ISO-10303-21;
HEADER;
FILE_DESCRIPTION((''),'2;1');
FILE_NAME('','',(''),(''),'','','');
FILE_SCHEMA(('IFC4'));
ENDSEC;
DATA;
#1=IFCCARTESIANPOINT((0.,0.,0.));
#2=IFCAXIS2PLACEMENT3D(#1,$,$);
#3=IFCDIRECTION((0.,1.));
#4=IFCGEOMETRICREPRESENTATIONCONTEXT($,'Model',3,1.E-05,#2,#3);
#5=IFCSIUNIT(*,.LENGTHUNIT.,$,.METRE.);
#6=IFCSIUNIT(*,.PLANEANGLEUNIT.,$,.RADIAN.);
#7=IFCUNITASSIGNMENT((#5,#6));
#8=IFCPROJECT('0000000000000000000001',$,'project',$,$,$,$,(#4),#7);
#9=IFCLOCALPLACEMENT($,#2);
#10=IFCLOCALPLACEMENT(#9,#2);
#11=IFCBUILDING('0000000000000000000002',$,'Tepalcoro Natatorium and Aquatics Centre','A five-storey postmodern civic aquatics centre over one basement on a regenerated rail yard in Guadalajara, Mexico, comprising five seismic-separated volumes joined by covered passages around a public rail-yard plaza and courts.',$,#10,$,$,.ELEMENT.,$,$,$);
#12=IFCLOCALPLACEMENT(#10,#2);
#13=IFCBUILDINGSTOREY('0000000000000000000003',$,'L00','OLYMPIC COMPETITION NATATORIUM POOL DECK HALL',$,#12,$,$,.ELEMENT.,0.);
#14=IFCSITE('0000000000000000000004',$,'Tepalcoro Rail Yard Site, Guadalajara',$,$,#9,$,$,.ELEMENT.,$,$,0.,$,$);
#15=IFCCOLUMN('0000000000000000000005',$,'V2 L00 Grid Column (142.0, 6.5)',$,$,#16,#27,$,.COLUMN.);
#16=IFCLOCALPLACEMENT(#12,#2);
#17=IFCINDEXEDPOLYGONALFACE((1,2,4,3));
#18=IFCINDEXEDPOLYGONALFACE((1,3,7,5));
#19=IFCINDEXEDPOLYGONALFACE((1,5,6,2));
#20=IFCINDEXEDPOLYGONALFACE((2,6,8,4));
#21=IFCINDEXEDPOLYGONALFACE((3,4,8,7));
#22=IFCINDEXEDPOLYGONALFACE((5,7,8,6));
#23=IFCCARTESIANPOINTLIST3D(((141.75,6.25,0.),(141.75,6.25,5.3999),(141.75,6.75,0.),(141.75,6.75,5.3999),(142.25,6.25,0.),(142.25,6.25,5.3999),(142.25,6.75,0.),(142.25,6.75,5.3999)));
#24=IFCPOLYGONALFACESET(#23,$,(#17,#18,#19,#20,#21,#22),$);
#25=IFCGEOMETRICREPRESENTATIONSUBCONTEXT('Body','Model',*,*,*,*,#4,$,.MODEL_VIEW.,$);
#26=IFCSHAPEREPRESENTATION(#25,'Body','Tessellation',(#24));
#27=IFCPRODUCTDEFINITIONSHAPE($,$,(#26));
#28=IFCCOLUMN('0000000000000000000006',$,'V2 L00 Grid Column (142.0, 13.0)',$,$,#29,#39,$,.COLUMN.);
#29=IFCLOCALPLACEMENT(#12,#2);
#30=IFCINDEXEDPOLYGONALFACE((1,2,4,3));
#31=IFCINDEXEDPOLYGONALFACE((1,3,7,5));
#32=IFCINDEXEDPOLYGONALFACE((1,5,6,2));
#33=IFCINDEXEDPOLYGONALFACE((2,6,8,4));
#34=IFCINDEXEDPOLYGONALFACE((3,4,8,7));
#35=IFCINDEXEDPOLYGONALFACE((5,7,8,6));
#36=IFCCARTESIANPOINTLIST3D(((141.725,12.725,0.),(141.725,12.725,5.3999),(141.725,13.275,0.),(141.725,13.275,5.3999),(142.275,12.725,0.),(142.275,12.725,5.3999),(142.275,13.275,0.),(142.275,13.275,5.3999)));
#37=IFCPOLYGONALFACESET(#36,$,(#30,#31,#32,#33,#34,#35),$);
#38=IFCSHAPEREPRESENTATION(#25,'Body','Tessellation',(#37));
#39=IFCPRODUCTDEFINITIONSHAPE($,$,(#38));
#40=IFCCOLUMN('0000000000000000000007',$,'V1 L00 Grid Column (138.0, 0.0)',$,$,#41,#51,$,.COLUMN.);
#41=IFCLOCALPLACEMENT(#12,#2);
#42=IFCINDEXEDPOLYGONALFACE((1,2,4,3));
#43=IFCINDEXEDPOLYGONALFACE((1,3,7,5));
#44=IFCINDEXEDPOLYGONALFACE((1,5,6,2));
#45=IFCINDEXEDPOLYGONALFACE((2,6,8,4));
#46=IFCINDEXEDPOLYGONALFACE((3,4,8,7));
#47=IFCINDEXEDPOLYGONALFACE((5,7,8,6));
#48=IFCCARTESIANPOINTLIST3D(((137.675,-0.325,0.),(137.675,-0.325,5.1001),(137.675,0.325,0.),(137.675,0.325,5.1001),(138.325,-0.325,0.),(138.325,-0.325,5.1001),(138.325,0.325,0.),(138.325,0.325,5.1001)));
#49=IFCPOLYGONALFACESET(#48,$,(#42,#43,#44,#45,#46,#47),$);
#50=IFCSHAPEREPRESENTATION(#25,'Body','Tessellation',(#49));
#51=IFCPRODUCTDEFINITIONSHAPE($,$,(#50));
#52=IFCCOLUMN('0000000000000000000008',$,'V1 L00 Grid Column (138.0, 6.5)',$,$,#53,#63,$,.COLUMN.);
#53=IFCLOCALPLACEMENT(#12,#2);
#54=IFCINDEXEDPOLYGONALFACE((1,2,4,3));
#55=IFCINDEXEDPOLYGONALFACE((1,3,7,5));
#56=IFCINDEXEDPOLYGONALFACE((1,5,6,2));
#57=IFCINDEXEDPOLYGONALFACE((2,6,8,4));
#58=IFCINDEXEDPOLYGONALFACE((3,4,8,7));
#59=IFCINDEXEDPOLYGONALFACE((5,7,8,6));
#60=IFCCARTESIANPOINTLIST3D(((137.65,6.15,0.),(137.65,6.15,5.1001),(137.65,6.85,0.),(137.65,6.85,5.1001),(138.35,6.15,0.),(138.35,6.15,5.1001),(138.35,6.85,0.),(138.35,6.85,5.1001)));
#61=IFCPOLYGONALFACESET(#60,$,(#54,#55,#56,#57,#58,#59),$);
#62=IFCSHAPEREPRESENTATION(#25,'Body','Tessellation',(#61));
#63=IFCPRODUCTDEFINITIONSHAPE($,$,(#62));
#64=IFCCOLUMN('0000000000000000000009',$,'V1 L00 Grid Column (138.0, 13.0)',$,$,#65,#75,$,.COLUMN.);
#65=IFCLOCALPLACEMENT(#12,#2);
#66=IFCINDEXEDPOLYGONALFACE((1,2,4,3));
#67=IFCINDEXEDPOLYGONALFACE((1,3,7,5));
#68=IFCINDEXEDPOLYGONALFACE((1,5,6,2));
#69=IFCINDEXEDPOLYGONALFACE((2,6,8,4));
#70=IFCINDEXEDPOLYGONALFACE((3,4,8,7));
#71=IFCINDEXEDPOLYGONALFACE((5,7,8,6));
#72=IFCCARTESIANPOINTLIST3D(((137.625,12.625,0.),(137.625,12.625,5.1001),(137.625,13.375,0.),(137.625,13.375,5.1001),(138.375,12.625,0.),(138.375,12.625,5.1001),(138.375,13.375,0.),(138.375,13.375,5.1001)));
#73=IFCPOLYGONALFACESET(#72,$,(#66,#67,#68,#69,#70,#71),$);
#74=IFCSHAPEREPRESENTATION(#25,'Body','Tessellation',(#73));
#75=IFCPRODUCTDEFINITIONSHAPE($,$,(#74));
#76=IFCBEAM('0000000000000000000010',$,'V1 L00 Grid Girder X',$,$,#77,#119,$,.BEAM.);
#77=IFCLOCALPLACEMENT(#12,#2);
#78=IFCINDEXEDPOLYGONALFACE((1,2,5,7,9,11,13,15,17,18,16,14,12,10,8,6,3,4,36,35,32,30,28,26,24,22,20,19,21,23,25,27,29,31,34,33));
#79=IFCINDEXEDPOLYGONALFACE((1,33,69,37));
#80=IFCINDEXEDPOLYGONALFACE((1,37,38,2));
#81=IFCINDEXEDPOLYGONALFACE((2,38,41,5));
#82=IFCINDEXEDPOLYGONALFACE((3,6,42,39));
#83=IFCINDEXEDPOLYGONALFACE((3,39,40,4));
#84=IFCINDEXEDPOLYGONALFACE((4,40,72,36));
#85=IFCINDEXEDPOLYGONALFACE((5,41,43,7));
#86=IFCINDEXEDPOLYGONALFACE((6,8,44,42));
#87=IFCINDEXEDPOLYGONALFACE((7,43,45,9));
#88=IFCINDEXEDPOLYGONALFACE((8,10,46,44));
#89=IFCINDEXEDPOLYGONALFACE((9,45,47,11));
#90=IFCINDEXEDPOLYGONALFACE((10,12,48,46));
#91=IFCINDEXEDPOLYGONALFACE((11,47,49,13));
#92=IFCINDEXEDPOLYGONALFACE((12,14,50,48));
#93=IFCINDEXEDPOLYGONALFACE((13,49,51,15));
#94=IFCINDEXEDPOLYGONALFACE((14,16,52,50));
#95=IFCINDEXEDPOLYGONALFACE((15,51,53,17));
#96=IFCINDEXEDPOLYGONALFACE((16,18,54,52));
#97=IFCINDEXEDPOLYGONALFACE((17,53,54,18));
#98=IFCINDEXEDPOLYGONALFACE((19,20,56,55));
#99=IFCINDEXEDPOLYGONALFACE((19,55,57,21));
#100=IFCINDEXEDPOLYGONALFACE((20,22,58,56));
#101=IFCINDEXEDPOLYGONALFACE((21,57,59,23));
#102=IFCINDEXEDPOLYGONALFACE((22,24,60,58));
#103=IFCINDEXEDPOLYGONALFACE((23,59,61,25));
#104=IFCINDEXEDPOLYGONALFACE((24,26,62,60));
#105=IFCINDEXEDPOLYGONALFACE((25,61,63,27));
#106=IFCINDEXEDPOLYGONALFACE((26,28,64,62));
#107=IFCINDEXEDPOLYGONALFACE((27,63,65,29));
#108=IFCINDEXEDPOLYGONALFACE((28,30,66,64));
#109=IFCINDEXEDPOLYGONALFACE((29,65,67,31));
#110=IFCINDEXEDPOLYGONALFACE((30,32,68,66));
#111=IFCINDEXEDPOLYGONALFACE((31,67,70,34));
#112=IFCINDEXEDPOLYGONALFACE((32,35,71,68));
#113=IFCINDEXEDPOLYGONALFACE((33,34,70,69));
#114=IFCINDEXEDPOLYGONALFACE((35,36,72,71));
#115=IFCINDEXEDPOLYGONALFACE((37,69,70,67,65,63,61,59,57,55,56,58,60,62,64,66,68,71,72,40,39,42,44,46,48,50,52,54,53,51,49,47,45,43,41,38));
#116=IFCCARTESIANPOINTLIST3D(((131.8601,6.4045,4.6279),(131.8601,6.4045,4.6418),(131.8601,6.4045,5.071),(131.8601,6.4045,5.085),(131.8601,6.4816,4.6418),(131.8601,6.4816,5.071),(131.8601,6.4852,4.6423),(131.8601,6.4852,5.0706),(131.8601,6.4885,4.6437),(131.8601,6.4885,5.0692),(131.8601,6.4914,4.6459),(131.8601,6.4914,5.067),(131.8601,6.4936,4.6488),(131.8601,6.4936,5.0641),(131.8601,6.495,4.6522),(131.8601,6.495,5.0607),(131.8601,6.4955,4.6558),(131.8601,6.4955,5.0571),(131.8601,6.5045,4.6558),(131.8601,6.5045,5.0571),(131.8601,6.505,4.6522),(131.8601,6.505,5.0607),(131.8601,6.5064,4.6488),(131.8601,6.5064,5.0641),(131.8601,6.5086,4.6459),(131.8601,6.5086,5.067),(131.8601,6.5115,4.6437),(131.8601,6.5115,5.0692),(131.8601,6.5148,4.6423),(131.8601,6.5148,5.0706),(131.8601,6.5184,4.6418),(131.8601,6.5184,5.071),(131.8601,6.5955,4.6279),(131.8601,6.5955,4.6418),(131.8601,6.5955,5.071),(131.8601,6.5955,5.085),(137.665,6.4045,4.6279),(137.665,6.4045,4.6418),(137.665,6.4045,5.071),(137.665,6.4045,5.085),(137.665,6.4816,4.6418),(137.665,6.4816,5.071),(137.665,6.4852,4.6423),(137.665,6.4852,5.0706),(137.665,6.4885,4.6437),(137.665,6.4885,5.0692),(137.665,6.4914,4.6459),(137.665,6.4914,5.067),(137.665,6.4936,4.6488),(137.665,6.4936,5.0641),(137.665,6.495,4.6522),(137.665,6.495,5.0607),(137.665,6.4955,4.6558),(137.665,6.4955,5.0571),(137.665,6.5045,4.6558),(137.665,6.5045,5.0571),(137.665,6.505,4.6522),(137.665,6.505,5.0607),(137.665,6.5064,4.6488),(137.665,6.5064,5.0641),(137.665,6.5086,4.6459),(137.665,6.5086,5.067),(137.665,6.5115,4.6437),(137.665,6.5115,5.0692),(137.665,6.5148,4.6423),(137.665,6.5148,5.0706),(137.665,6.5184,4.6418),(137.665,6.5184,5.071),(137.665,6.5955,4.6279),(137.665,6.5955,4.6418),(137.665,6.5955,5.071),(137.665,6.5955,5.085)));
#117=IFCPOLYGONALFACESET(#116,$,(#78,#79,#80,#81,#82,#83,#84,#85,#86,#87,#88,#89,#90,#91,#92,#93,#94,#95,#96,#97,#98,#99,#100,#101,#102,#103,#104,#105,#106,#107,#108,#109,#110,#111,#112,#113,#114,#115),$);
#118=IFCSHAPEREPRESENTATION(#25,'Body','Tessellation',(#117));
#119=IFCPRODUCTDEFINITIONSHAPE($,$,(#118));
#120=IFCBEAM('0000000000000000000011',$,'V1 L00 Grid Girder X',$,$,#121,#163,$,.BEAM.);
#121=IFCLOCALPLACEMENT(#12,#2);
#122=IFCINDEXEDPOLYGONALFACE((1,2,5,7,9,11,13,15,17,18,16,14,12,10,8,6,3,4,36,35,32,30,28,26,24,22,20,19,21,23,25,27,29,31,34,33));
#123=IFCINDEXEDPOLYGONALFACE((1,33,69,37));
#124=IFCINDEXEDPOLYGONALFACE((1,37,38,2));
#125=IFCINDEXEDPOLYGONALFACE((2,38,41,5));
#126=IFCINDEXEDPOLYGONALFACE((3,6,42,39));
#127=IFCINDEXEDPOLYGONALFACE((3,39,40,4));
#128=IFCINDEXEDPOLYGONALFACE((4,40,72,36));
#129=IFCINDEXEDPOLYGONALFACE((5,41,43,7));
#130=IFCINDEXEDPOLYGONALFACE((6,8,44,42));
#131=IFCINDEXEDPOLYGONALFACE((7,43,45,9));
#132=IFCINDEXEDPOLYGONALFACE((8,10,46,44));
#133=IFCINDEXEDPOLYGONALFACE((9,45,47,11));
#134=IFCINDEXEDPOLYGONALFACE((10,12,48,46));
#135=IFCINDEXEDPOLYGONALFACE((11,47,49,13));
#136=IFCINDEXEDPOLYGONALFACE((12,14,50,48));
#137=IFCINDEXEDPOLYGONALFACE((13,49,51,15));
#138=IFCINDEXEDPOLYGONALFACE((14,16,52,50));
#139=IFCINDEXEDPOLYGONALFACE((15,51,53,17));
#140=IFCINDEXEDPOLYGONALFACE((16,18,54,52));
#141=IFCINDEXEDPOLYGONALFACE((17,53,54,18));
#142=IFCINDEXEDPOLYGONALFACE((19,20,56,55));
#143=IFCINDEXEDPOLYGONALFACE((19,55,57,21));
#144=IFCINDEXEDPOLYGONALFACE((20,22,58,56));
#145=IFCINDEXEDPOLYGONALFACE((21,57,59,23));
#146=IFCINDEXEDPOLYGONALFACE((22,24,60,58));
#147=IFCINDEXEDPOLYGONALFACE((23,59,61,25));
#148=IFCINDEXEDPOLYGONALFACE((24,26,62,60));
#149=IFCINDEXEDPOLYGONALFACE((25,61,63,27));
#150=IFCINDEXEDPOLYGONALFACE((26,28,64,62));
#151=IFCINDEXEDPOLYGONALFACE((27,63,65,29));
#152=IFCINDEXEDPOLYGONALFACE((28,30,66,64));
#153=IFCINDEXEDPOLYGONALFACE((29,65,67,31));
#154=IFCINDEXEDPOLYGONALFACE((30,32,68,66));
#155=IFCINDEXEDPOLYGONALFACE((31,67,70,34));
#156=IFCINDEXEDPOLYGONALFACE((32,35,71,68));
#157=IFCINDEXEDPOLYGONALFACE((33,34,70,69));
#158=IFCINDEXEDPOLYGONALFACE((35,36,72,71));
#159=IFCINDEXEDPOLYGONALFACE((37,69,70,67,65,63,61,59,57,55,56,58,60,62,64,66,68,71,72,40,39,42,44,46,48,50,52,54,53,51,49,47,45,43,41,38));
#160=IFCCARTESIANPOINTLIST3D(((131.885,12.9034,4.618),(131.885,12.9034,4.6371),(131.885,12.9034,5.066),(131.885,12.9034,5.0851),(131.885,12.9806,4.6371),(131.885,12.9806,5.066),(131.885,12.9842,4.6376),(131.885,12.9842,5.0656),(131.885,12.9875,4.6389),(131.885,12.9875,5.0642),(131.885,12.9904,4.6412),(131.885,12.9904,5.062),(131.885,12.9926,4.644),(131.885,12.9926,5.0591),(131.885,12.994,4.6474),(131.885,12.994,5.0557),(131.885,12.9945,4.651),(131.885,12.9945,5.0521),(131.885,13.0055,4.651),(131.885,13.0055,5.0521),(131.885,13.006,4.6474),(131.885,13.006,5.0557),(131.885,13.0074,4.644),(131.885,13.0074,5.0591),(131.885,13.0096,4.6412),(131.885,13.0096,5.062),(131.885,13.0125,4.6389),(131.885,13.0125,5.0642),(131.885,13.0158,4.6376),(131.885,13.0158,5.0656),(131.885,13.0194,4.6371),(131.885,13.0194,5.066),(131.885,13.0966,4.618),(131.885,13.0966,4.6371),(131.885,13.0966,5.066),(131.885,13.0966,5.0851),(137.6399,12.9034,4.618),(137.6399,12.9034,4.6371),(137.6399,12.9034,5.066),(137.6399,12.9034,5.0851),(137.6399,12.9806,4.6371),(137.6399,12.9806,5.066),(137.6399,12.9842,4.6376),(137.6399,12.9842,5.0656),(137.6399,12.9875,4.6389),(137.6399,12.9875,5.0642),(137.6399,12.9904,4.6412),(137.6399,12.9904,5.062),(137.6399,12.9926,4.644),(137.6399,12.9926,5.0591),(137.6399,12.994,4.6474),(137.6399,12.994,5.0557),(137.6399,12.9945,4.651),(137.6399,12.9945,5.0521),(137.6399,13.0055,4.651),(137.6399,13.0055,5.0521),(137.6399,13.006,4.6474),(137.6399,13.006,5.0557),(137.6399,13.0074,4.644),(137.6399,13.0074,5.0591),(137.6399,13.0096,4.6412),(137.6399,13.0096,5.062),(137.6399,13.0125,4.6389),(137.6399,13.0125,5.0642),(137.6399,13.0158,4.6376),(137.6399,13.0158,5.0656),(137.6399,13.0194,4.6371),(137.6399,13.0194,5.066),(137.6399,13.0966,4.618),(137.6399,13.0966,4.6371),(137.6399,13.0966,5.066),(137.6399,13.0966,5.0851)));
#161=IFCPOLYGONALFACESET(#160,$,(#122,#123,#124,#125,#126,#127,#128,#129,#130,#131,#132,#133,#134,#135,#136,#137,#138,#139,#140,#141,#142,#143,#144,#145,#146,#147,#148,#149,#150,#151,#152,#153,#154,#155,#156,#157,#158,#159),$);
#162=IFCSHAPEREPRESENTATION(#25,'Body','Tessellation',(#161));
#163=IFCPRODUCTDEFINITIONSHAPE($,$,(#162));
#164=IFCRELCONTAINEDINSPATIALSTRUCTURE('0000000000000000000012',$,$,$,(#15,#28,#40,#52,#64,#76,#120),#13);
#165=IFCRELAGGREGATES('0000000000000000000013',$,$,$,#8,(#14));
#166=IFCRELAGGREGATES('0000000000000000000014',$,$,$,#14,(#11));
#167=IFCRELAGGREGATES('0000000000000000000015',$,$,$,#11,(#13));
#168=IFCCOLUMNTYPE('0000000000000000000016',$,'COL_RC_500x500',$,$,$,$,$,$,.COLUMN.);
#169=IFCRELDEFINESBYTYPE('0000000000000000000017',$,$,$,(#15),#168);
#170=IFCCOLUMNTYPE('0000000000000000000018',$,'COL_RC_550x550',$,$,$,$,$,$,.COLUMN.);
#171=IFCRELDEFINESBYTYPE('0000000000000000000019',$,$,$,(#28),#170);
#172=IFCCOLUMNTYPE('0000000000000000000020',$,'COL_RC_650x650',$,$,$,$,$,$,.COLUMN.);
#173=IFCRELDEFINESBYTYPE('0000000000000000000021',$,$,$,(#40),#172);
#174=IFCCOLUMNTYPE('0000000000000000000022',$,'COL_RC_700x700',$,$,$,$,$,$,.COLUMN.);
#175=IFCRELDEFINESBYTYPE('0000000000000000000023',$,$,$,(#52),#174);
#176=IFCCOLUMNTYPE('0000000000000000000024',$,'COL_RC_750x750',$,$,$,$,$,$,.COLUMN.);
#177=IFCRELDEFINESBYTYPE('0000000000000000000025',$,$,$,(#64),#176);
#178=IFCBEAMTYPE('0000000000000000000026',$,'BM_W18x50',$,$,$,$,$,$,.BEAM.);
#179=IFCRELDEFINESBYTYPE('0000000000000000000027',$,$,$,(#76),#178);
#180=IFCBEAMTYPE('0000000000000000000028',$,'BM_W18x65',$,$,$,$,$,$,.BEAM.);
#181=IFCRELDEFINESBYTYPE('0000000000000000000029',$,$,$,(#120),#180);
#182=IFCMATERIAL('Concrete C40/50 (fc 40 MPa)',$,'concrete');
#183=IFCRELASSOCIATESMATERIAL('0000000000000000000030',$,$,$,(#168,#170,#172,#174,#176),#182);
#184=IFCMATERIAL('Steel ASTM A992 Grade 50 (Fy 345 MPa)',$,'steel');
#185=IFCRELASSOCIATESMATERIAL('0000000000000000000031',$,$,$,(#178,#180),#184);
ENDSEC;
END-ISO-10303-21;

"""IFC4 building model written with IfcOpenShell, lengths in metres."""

from ifc_helpers import new_model, si_unit, direction, frame, origin, origin_2d, place, context, subcontext, project, spatial, rectangle, i_section, extrude, material, material_profile, profile_set, type_object, element, save


model = new_model("IFC4")

# Units and contexts
model_context = context("Model", 3, precision=1e-05, world=origin(), true_north=direction((0.0, 1.0)))
body_context = subcontext(model_context, "Body", "Model", "MODEL_VIEW")
ifc_project = project(units=[si_unit("LENGTHUNIT", "METRE"), si_unit("PLANEANGLEUNIT", "RADIAN")], contexts=[model_context])

# Site, building, storey
site_placement = place(None, origin())
site = spatial("IfcSite", under=ifc_project, at=site_placement, Name="Tepalcoro Rail Yard Site, Guadalajara", CompositionType="ELEMENT", RefElevation=0.0)
building_placement = place(site_placement, origin())
building = spatial("IfcBuilding", under=site, at=building_placement, Name="Tepalcoro Natatorium and Aquatics Centre", Description="A five-storey postmodern civic aquatics centre over one basement on a regenerated rail yard in Guadalajara, Mexico, comprising five seismic-separated volumes joined by covered passages around a public rail-yard plaza and courts.", CompositionType="ELEMENT")
storey_placement = place(building_placement, origin())
storey = spatial("IfcBuildingStorey", under=building, at=storey_placement, Name="L00", Description="OLYMPIC COMPETITION NATATORIUM POOL DECK HALL", CompositionType="ELEMENT", Elevation=0.0)

# Columns
ifc_material_1 = material(Name="Concrete C40/50 (fc 40 MPa)", Category="concrete")
ifc_material_profile_1 = material_profile(ifc_material_1, rectangle(XDim=0.5, YDim=0.5, at=origin_2d()), Name="RC500x500")
ifc_profile_set_1 = profile_set([ifc_material_profile_1], Name="Concrete C40/50 (fc 40 MPa)")
column_type_1 = type_object("IfcColumnType", Name="COL_RC_500x500", PredefinedType="COLUMN", material=ifc_profile_set_1)
column_1_placement = place(storey_placement, frame((142.0, 6.5, 0.0), z_axis=(0.0, 0.0, 1.0), x_axis=(1.0, 0.0, 0.0)))
element("IfcColumn", 1, at=column_1_placement, inside=storey, type_object=column_type_1, Name="V2 L00 Grid Column (142.0, 6.5)", PredefinedType="COLUMN", context=body_context, shape_type="SweptSolid", body=[
    extrude(rectangle(XDim=0.5, YDim=0.5, at=origin_2d()), origin(), (0.0, 0.0, 1.0), 5.3999),
])
ifc_material_profile_2 = material_profile(ifc_material_1, rectangle(XDim=0.55, YDim=0.55, at=origin_2d()), Name="RC550x550")
ifc_profile_set_2 = profile_set([ifc_material_profile_2], Name="Concrete C40/50 (fc 40 MPa)")
column_type_2 = type_object("IfcColumnType", Name="COL_RC_550x550", PredefinedType="COLUMN", material=ifc_profile_set_2)
column_2_placement = place(storey_placement, frame((142.0, 13.0, 0.0), z_axis=(0.0, 0.0, 1.0), x_axis=(1.0, 0.0, 0.0)))
element("IfcColumn", 2, at=column_2_placement, inside=storey, type_object=column_type_2, Name="V2 L00 Grid Column (142.0, 13.0)", PredefinedType="COLUMN", context=body_context, shape_type="SweptSolid", body=[
    extrude(rectangle(XDim=0.55, YDim=0.55, at=origin_2d()), origin(), (0.0, 0.0, 1.0), 5.3999),
])
ifc_material_profile_3 = material_profile(ifc_material_1, rectangle(XDim=0.6499, YDim=0.6499, at=origin_2d()), Name="RC650x650")
ifc_profile_set_3 = profile_set([ifc_material_profile_3], Name="Concrete C40/50 (fc 40 MPa)")
column_type_3 = type_object("IfcColumnType", Name="COL_RC_650x650", PredefinedType="COLUMN", material=ifc_profile_set_3)
column_3_placement = place(storey_placement, frame((138.0, 0.0, 0.0), z_axis=(0.0, 0.0, 1.0), x_axis=(1.0, 0.0, 0.0)))
element("IfcColumn", 3, at=column_3_placement, inside=storey, type_object=column_type_3, Name="V1 L00 Grid Column (138.0, 0.0)", PredefinedType="COLUMN", context=body_context, shape_type="SweptSolid", body=[
    extrude(rectangle(XDim=0.6499, YDim=0.6499, at=origin_2d()), origin(), (0.0, 0.0, 1.0), 5.1001),
])
ifc_material_profile_4 = material_profile(ifc_material_1, rectangle(XDim=0.7, YDim=0.7, at=origin_2d()), Name="RC700x700")
ifc_profile_set_4 = profile_set([ifc_material_profile_4], Name="Concrete C40/50 (fc 40 MPa)")
column_type_4 = type_object("IfcColumnType", Name="COL_RC_700x700", PredefinedType="COLUMN", material=ifc_profile_set_4)
column_4_placement = place(storey_placement, frame((138.0, 6.5, 0.0), z_axis=(0.0, 0.0, 1.0), x_axis=(1.0, 0.0, 0.0)))
element("IfcColumn", 4, at=column_4_placement, inside=storey, type_object=column_type_4, Name="V1 L00 Grid Column (138.0, 6.5)", PredefinedType="COLUMN", context=body_context, shape_type="SweptSolid", body=[
    extrude(rectangle(XDim=0.7, YDim=0.7, at=origin_2d()), origin(), (0.0, 0.0, 1.0), 5.1001),
])
ifc_material_profile_5 = material_profile(ifc_material_1, rectangle(XDim=0.75, YDim=0.75, at=origin_2d()), Name="RC750x750")
ifc_profile_set_5 = profile_set([ifc_material_profile_5], Name="Concrete C40/50 (fc 40 MPa)")
column_type_5 = type_object("IfcColumnType", Name="COL_RC_750x750", PredefinedType="COLUMN", material=ifc_profile_set_5)
column_5_placement = place(storey_placement, frame((138.0, 13.0, 0.0), z_axis=(0.0, 0.0, 1.0), x_axis=(1.0, 0.0, 0.0)))
element("IfcColumn", 5, at=column_5_placement, inside=storey, type_object=column_type_5, Name="V1 L00 Grid Column (138.0, 13.0)", PredefinedType="COLUMN", context=body_context, shape_type="SweptSolid", body=[
    extrude(rectangle(XDim=0.75, YDim=0.75, at=origin_2d()), origin(), (0.0, 0.0, 1.0), 5.1001),
])

# Beams
ifc_material_2 = material(Name="Steel ASTM A992 Grade 50 (Fy 345 MPa)", Category="steel")
ifc_material_profile_6 = material_profile(ifc_material_2, i_section(OverallWidth=0.1909, OverallDepth=0.457, WebThickness=0.009, FlangeThickness=0.0139, FilletRadius=0.0139, at=origin_2d()), Name="W18X50")
ifc_profile_set_6 = profile_set([ifc_material_profile_6], Name="Steel ASTM A992 Grade 50 (Fy 345 MPa)")
beam_type_1 = type_object("IfcBeamType", Name="BM_W18x50", PredefinedType="BEAM", material=ifc_profile_set_6)
beam_1_placement = place(storey_placement, frame((131.8601, 6.5, 4.8564), z_axis=(1.0, 0.0, 0.0), x_axis=(0.0, 1.0, 0.0)))
element("IfcBeam", 6, at=beam_1_placement, inside=storey, type_object=beam_type_1, Name="V1 L00 Grid Girder X", PredefinedType="BEAM", context=body_context, shape_type="SweptSolid", body=[
    extrude(i_section(OverallWidth=0.1909, OverallDepth=0.457, WebThickness=0.009, FlangeThickness=0.0139, FilletRadius=0.0139, at=origin_2d()), origin(), (0.0, 0.0, 1.0), 5.8049),
])
ifc_material_profile_7 = material_profile(ifc_material_2, i_section(OverallWidth=0.1931, OverallDepth=0.467, WebThickness=0.011, FlangeThickness=0.019, FilletRadius=0.0139, at=origin_2d()), Name="W18X65")
ifc_profile_set_7 = profile_set([ifc_material_profile_7], Name="Steel ASTM A992 Grade 50 (Fy 345 MPa)")
beam_type_2 = type_object("IfcBeamType", Name="BM_W18x65", PredefinedType="BEAM", material=ifc_profile_set_7)
beam_2_placement = place(storey_placement, frame((131.885, 13.0, 4.8516), z_axis=(1.0, 0.0, 0.0), x_axis=(0.0, 1.0, 0.0)))
element("IfcBeam", 7, at=beam_2_placement, inside=storey, type_object=beam_type_2, Name="V1 L00 Grid Girder X", PredefinedType="BEAM", context=body_context, shape_type="SweptSolid", body=[
    extrude(i_section(OverallWidth=0.1931, OverallDepth=0.467, WebThickness=0.011, FlangeThickness=0.019, FilletRadius=0.0139, at=origin_2d()), origin(), (0.0, 0.0, 1.0), 5.7549),
])

save(model, "model.ifc")
